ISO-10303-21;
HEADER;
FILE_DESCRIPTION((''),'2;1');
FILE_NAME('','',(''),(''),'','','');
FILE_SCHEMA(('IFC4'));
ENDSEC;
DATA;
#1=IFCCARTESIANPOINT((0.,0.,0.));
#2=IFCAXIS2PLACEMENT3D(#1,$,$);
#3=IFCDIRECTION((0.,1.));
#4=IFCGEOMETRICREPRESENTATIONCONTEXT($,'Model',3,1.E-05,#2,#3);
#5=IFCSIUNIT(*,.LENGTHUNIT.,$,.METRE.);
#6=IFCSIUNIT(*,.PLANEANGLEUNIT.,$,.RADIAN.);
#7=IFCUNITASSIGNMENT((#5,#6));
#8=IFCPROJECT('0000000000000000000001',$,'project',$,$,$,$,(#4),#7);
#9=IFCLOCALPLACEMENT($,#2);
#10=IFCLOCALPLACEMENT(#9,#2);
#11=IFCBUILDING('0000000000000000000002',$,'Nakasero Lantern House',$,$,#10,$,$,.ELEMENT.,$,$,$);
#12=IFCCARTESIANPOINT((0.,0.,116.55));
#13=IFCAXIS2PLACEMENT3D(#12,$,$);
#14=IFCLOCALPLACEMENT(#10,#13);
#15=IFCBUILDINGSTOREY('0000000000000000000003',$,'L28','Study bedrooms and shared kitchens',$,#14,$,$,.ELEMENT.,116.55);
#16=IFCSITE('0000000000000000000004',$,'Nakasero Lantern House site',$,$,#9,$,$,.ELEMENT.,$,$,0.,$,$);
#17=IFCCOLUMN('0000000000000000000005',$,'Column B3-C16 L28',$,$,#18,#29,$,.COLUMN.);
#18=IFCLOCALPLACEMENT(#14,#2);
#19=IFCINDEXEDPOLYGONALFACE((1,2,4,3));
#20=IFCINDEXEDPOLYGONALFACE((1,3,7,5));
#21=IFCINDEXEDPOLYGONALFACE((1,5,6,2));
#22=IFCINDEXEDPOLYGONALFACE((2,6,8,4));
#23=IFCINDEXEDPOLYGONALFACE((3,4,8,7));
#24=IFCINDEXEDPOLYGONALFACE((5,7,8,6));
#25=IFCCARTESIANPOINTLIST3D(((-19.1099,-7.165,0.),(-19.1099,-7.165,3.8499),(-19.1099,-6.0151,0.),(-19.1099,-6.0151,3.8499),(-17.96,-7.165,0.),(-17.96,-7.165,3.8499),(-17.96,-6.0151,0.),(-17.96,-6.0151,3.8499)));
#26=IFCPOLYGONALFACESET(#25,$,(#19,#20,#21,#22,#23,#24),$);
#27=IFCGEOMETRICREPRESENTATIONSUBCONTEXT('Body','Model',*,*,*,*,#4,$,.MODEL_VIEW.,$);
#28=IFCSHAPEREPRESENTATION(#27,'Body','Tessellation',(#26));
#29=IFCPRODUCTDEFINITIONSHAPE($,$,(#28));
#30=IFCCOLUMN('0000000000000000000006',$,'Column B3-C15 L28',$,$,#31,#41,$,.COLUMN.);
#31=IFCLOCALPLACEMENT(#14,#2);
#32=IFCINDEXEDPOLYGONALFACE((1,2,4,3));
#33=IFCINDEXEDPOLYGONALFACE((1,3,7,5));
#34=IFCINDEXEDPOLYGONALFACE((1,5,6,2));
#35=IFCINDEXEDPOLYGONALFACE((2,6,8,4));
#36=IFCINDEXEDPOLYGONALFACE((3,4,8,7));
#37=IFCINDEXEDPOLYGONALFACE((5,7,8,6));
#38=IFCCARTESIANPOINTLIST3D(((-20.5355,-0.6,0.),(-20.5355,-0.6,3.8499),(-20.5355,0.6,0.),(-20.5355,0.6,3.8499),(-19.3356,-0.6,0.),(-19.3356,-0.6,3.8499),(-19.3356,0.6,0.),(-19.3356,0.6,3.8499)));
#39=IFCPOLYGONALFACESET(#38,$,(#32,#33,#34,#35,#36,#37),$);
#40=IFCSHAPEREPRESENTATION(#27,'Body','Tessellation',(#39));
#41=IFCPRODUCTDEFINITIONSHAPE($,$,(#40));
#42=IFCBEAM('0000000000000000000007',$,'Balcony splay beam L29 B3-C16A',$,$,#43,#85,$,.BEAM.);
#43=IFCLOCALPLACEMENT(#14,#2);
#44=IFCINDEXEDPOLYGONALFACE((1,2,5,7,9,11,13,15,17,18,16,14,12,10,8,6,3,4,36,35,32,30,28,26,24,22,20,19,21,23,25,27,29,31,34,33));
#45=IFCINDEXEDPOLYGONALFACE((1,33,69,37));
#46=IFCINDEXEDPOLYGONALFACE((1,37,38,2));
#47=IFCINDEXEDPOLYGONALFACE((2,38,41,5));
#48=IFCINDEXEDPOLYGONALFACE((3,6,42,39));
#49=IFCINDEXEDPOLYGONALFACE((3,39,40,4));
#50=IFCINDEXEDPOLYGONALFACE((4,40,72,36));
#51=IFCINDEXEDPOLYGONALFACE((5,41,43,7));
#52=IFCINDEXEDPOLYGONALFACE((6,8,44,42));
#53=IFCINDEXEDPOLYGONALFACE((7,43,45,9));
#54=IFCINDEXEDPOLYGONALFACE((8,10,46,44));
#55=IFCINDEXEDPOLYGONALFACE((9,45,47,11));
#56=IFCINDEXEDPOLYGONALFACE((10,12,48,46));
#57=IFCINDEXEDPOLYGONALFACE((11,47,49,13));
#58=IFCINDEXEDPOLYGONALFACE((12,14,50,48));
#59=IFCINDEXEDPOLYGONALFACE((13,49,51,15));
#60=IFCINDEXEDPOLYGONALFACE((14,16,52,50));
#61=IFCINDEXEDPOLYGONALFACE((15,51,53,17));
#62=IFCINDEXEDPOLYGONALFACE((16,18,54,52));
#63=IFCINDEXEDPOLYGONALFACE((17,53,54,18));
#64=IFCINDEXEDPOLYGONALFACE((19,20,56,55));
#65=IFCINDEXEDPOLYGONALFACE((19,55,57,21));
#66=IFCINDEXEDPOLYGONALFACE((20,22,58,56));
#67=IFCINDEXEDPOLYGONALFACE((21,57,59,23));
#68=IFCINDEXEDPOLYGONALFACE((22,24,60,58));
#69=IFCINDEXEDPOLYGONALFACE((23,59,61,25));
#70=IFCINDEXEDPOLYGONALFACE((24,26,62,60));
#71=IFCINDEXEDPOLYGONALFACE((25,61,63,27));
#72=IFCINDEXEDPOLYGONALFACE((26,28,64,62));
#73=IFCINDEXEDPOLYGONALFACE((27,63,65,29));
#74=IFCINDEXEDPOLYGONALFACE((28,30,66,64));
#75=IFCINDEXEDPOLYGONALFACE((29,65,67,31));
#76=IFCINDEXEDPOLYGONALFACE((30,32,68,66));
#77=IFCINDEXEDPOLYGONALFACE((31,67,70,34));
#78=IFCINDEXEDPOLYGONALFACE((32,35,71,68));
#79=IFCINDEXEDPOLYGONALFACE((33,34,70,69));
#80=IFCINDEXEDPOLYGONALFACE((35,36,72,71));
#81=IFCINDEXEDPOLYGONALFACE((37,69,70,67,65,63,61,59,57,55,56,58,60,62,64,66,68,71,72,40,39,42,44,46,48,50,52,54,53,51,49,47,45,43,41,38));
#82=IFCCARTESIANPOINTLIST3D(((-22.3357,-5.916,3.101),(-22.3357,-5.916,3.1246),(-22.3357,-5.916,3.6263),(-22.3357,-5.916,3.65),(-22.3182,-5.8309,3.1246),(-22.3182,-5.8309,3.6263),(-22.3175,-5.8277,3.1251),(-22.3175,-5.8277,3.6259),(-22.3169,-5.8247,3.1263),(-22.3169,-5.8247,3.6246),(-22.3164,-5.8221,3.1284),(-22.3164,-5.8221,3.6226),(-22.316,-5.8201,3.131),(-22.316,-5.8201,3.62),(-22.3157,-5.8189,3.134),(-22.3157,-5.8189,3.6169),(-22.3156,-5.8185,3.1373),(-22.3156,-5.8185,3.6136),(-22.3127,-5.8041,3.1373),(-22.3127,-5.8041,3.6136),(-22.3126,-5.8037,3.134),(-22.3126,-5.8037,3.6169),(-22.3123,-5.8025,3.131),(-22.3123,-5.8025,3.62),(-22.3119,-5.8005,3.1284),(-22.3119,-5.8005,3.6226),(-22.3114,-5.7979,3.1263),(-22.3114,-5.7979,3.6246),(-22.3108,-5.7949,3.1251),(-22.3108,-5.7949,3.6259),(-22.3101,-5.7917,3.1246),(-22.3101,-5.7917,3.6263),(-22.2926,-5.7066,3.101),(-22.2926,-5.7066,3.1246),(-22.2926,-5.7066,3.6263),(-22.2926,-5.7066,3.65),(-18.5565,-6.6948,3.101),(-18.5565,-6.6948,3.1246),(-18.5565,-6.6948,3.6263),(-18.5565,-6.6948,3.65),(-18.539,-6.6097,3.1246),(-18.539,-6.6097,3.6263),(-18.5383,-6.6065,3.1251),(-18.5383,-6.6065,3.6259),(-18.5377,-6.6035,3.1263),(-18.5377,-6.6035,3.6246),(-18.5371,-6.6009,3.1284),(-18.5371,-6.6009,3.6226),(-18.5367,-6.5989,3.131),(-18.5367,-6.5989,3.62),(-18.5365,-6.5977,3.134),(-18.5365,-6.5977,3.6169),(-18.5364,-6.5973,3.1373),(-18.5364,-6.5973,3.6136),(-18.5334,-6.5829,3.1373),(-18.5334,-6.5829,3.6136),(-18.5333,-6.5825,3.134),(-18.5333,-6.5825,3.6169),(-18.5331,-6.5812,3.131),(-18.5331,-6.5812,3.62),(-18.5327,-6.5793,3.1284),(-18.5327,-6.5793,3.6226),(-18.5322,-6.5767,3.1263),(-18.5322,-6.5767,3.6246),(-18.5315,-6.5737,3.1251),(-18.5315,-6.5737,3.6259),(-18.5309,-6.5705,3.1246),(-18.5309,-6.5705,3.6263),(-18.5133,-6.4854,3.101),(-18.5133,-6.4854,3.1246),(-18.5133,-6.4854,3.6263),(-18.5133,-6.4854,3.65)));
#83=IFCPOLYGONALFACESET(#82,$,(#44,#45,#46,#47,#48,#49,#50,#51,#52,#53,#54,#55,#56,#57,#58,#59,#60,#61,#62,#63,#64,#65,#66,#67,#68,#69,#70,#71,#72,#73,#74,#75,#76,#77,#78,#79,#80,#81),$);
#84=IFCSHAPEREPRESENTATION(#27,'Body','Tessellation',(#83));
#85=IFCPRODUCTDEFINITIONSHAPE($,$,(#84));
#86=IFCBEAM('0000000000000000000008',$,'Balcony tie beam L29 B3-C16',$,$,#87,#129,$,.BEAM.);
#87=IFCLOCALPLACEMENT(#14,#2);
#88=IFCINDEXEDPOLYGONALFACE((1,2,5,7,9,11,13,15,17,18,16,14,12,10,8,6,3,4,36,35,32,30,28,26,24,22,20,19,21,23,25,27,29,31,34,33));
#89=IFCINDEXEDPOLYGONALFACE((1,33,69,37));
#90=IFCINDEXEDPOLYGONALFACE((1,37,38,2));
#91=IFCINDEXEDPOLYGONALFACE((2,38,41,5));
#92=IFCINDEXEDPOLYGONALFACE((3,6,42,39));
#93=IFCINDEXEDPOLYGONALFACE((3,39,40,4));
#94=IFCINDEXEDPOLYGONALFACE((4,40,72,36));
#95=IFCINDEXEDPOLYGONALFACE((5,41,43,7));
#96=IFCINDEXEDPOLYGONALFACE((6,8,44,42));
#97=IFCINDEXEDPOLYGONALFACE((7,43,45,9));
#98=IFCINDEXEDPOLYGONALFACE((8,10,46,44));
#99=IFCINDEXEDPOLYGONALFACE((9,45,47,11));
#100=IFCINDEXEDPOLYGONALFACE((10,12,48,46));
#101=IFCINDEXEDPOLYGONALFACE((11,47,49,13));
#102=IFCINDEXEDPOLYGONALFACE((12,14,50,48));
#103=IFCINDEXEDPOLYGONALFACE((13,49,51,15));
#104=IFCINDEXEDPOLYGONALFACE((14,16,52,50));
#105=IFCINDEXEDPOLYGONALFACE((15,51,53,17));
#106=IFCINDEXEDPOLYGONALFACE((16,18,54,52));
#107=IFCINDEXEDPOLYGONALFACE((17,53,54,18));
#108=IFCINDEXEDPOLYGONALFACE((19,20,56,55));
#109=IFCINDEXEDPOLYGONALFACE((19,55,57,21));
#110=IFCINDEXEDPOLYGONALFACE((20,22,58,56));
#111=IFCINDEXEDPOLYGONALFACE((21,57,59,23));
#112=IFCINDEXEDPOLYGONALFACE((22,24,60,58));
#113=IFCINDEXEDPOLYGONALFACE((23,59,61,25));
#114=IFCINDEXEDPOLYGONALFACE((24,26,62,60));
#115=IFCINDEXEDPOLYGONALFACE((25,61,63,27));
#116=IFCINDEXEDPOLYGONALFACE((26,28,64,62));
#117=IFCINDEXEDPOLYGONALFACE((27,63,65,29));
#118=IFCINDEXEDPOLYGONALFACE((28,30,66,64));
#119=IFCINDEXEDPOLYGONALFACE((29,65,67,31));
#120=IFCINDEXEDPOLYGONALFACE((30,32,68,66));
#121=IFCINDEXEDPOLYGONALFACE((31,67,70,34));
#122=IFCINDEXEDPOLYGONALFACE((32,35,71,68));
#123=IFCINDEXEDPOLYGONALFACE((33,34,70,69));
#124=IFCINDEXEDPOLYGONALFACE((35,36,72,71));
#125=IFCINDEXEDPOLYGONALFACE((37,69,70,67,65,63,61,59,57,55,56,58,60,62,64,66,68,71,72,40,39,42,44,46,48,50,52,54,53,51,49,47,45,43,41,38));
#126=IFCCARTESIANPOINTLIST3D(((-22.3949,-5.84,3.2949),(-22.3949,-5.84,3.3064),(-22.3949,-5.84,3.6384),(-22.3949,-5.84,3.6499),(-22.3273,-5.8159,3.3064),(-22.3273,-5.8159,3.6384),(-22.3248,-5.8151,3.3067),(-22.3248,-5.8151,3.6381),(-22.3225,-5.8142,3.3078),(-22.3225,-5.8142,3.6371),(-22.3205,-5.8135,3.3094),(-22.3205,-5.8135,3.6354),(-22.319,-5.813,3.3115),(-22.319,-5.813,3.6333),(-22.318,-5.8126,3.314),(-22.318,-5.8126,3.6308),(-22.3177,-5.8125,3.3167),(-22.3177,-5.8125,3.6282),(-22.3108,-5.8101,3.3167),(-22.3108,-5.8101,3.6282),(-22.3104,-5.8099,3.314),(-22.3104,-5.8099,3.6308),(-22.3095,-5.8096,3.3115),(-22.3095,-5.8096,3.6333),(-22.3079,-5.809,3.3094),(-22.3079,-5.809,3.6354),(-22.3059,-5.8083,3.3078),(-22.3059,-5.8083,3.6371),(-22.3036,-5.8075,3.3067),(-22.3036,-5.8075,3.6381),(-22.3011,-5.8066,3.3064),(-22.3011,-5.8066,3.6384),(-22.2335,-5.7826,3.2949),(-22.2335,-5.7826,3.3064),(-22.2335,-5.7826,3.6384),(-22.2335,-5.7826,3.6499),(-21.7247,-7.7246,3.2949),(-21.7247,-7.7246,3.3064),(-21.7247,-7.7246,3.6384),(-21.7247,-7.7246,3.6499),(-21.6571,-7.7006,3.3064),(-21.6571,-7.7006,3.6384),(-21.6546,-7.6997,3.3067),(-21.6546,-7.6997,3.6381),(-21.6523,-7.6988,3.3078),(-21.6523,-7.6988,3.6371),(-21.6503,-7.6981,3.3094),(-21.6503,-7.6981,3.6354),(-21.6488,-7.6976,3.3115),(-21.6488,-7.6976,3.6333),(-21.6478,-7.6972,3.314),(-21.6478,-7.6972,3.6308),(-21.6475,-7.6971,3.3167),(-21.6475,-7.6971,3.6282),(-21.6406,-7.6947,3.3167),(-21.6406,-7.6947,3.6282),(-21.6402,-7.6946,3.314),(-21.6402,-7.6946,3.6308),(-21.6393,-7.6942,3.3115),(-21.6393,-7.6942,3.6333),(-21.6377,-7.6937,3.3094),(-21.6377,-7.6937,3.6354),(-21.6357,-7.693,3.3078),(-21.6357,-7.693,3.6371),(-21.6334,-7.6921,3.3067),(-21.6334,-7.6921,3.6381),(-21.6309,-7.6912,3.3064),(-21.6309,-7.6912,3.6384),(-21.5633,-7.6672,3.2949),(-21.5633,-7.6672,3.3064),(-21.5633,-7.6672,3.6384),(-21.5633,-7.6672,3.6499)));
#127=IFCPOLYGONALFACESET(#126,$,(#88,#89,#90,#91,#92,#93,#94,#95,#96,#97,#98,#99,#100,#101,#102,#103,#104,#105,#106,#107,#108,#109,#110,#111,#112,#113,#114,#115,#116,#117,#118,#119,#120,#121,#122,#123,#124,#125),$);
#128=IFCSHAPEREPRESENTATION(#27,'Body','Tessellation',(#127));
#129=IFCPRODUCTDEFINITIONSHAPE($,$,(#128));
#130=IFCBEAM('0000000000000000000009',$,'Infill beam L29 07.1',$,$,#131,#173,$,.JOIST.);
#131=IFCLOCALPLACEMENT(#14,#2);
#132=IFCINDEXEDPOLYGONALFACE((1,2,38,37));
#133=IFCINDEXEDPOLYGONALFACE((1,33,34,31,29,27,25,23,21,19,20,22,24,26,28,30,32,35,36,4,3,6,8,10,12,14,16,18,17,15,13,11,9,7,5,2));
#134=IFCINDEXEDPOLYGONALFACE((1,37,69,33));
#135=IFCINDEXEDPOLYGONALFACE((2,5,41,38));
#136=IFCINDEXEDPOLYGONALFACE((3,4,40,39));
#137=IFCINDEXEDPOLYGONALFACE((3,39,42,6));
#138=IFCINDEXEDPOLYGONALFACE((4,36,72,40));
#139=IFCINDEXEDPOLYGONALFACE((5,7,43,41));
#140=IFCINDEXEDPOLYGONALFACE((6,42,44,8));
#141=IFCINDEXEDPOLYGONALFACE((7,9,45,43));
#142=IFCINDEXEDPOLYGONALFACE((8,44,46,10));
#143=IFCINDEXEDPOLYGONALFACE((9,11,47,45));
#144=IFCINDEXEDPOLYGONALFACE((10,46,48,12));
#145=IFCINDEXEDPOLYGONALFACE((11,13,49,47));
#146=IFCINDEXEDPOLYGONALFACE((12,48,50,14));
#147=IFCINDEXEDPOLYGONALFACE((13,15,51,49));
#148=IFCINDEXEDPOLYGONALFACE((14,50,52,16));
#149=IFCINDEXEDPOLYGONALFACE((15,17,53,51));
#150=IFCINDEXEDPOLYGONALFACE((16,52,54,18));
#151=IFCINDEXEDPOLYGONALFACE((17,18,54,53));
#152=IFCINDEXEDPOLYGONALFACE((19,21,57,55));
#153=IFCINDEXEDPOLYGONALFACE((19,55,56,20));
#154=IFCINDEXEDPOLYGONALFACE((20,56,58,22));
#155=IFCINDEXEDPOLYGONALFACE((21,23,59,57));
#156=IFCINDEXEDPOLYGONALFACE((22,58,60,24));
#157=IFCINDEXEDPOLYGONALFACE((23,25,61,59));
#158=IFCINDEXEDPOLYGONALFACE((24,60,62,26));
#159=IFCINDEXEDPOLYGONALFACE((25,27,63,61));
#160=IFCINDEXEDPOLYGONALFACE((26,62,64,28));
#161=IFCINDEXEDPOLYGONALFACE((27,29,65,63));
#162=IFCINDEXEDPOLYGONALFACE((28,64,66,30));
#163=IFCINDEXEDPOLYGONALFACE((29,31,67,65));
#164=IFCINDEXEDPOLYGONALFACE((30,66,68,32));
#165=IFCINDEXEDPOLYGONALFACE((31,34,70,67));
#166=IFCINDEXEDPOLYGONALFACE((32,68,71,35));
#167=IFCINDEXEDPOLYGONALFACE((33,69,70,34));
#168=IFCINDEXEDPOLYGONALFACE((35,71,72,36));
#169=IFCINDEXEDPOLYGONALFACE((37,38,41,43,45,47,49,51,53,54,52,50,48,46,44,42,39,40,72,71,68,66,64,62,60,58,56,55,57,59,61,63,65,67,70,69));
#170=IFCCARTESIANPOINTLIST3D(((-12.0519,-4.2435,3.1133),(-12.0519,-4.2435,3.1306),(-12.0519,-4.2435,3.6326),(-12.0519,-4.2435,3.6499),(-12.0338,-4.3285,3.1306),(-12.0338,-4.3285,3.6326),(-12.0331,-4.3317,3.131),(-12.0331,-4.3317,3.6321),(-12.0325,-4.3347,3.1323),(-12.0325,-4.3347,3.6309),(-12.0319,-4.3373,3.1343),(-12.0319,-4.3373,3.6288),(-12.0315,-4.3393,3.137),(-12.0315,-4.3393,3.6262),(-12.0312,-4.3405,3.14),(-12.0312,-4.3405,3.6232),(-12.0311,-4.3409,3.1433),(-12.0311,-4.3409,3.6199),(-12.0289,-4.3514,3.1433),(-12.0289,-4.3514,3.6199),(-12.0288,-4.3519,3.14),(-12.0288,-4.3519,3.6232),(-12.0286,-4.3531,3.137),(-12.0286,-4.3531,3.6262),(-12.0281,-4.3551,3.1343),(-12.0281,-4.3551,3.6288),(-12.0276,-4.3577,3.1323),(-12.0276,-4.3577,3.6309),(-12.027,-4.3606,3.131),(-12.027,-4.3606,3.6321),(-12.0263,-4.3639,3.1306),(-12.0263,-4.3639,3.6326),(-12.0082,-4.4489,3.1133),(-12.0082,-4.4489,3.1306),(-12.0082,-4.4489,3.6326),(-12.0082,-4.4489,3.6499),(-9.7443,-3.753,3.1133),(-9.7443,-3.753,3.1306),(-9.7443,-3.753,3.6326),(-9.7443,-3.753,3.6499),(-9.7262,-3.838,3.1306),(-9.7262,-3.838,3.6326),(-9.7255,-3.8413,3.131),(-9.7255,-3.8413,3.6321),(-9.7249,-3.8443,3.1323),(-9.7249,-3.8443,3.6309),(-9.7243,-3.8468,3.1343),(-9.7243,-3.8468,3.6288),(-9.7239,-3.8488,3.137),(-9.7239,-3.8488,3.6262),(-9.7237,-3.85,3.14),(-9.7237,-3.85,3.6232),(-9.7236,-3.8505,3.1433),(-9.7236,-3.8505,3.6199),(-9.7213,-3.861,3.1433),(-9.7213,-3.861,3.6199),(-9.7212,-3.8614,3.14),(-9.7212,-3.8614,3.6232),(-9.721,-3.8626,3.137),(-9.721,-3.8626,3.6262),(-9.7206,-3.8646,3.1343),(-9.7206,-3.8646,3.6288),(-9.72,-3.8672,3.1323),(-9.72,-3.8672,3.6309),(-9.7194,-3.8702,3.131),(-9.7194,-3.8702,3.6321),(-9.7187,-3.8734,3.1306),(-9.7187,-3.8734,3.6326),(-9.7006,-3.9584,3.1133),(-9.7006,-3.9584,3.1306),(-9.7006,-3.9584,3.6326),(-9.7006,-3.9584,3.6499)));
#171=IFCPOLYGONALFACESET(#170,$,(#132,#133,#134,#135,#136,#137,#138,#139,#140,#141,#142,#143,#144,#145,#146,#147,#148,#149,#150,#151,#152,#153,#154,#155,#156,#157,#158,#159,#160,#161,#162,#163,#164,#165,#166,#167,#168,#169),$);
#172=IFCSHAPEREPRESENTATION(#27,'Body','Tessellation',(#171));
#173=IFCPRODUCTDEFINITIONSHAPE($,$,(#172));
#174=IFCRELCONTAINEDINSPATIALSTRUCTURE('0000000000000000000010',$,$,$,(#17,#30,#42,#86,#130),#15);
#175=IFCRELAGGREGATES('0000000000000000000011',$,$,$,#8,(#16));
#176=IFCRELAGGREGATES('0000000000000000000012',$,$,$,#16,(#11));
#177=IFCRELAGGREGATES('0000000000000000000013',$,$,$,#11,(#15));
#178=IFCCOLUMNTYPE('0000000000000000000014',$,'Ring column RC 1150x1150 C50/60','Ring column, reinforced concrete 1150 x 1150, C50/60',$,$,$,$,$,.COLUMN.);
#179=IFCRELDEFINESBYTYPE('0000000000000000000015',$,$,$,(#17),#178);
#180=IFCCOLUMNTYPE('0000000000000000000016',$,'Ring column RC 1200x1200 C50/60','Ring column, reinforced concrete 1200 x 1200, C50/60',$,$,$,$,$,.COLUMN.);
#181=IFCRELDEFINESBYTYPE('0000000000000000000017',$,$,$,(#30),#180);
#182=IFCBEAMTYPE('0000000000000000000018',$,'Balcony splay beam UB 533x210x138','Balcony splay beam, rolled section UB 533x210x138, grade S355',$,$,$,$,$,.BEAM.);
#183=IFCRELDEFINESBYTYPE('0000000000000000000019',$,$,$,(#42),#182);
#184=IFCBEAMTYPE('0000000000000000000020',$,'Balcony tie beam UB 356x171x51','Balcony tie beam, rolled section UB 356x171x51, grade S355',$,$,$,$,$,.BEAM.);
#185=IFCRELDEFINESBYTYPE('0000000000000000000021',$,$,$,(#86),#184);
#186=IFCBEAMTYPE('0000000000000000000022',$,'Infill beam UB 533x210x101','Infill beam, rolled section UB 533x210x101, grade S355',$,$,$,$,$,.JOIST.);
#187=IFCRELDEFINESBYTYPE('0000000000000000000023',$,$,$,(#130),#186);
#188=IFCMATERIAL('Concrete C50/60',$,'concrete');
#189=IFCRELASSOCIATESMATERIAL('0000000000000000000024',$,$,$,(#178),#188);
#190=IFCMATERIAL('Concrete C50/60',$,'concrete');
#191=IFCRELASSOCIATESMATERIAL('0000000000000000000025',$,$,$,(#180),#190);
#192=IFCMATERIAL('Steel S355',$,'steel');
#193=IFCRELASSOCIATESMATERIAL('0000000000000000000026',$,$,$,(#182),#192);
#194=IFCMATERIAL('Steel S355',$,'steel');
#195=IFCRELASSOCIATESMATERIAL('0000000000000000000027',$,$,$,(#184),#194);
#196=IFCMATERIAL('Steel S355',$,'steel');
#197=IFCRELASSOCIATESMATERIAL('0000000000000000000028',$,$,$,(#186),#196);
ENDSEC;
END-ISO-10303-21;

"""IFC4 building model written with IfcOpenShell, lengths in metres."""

from ifc_helpers import new_model, si_unit, direction, frame, origin, origin_2d, place, context, subcontext, project, spatial, rectangle, i_section, extrude, material, material_profile, profile_set, type_object, element, save


model = new_model("IFC4")

# Units and contexts
model_context = context("Model", 3, precision=1e-05, world=origin(), true_north=direction((0.0, 1.0)))
body_context = subcontext(model_context, "Body", "Model", "MODEL_VIEW")
ifc_project = project(units=[si_unit("LENGTHUNIT", "METRE"), si_unit("PLANEANGLEUNIT", "RADIAN")], contexts=[model_context])

# Site, building, storey
site_placement = place(None, origin())
site = spatial("IfcSite", under=ifc_project, at=site_placement, Name="Nakasero Lantern House site", CompositionType="ELEMENT", RefElevation=0.0)
building_placement = place(site_placement, origin())
building = spatial("IfcBuilding", under=site, at=building_placement, Name="Nakasero Lantern House", CompositionType="ELEMENT")
storey_placement = place(building_placement, frame((0.0, 0.0, 116.55)))
storey = spatial("IfcBuildingStorey", under=building, at=storey_placement, Name="L28", Description="Study bedrooms and shared kitchens", CompositionType="ELEMENT", Elevation=116.55)

# Columns
ifc_material_1 = material(Name="Concrete C50/60", Category="concrete")
ifc_material_profile_1 = material_profile(ifc_material_1, rectangle(XDim=1.1499, YDim=1.1499, at=origin_2d()), Name="RC 1150x1150")
ifc_profile_set_1 = profile_set([ifc_material_profile_1], Name="Concrete C50/60")
column_type_1 = type_object("IfcColumnType", Name="Ring column RC 1150x1150 C50/60", Description="Ring column, reinforced concrete 1150 x 1150, C50/60", PredefinedType="COLUMN", material=ifc_profile_set_1)
column_1_placement = place(storey_placement, frame((-18.5349, -6.5901, 0.0), z_axis=(0.0, 0.0, 1.0), x_axis=(1.0, 0.0, 0.0)))
element("IfcColumn", 1, at=column_1_placement, inside=storey, type_object=column_type_1, Name="Column B3-C16 L28", PredefinedType="COLUMN", context=body_context, shape_type="SweptSolid", body=[
    extrude(rectangle(XDim=1.1499, YDim=1.1499, at=origin_2d()), origin(), (0.0, 0.0, 1.0), 3.8499),
])
ifc_material_2 = material(Name="Concrete C50/60", Category="concrete")
ifc_material_profile_2 = material_profile(ifc_material_2, rectangle(XDim=1.2, YDim=1.2, at=origin_2d()), Name="RC 1200x1200")
ifc_profile_set_2 = profile_set([ifc_material_profile_2], Name="Concrete C50/60")
column_type_2 = type_object("IfcColumnType", Name="Ring column RC 1200x1200 C50/60", Description="Ring column, reinforced concrete 1200 x 1200, C50/60", PredefinedType="COLUMN", material=ifc_profile_set_2)
column_2_placement = place(storey_placement, frame((-19.9355, 0.0, 0.0), z_axis=(0.0, 0.0, 1.0), x_axis=(1.0, 0.0, 0.0)))
element("IfcColumn", 2, at=column_2_placement, inside=storey, type_object=column_type_2, Name="Column B3-C15 L28", PredefinedType="COLUMN", context=body_context, shape_type="SweptSolid", body=[
    extrude(rectangle(XDim=1.2, YDim=1.2, at=origin_2d()), origin(), (0.0, 0.0, 1.0), 3.8499),
])

# Beams
ifc_material_3 = material(Name="Steel S355", Category="steel")
ifc_material_profile_3 = material_profile(ifc_material_3, i_section(OverallWidth=0.2139, OverallDepth=0.5491, WebThickness=0.0146, FlangeThickness=0.0237, FilletRadius=0.0127, at=origin_2d()), Name="UB 533x210x138")
ifc_profile_set_3 = profile_set([ifc_material_profile_3], Name="Steel S355")
beam_type_1 = type_object("IfcBeamType", Name="Balcony splay beam UB 533x210x138", Description="Balcony splay beam, rolled section UB 533x210x138, grade S355", PredefinedType="BEAM", material=ifc_profile_set_3)
beam_1_placement = place(storey_placement, frame((-18.5349, -6.5901, 3.3755), z_axis=(-0.97942, 0.201831, 0.0), x_axis=(-0.201831, -0.97942, 0.0)))
element("IfcBeam", 3, at=beam_1_placement, inside=storey, type_object=beam_type_1, Name="Balcony splay beam L29 B3-C16A", PredefinedType="BEAM", context=body_context, shape_type="SweptSolid", body=[
    extrude(i_section(OverallWidth=0.2139, OverallDepth=0.5491, WebThickness=0.0146, FlangeThickness=0.0237, FilletRadius=0.0127, at=origin_2d()), origin(), (0.0, 0.0, 1.0), 3.8586),
])
ifc_material_4 = material(Name="Steel S355", Category="steel")
ifc_material_profile_4 = material_profile(ifc_material_4, i_section(OverallWidth=0.1714, OverallDepth=0.355, WebThickness=0.0073, FlangeThickness=0.0115, FilletRadius=0.0103, at=origin_2d()), Name="UB 356x171x51")
ifc_profile_set_4 = profile_set([ifc_material_profile_4], Name="Steel S355")
beam_type_2 = type_object("IfcBeamType", Name="Balcony tie beam UB 356x171x51", Description="Balcony tie beam, rolled section UB 356x171x51, grade S355", PredefinedType="BEAM", material=ifc_profile_set_4)
beam_2_placement = place(storey_placement, frame((-22.3142, -5.8113, 3.4724), z_axis=(0.33506, -0.942197, 0.0), x_axis=(0.942197, 0.33506, 0.0)))
element("IfcBeam", 4, at=beam_2_placement, inside=storey, type_object=beam_type_2, Name="Balcony tie beam L29 B3-C16", PredefinedType="BEAM", context=body_context, shape_type="SweptSolid", body=[
    extrude(i_section(OverallWidth=0.1714, OverallDepth=0.355, WebThickness=0.0073, FlangeThickness=0.0115, FilletRadius=0.0103, at=origin_2d()), origin(), (0.0, 0.0, 1.0), 2.0002),
])
ifc_material_5 = material(Name="Steel S355", Category="steel")
ifc_material_profile_5 = material_profile(ifc_material_5, i_section(OverallWidth=0.21, OverallDepth=0.5366, WebThickness=0.0107, FlangeThickness=0.0173, FilletRadius=0.0127, at=origin_2d()), Name="UB 533x210x101")
ifc_profile_set_5 = profile_set([ifc_material_profile_5], Name="Steel S355")
beam_type_3 = type_object("IfcBeamType", Name="Infill beam UB 533x210x101", Description="Infill beam, rolled section UB 533x210x101, grade S355", PredefinedType="JOIST", material=ifc_profile_set_5)
beam_3_placement = place(storey_placement, frame((-12.03, -4.3462, 3.3816), z_axis=(0.978149, 0.207903, 0.0), x_axis=(-0.207903, 0.978149, 0.0)))
element("IfcBeam", 5, at=beam_3_placement, inside=storey, type_object=beam_type_3, Name="Infill beam L29 07.1", PredefinedType="JOIST", context=body_context, shape_type="SweptSolid", body=[
    extrude(i_section(OverallWidth=0.21, OverallDepth=0.5366, WebThickness=0.0107, FlangeThickness=0.0173, FilletRadius=0.0127, at=origin_2d()), origin(), (0.0, 0.0, 1.0), 2.3591),
])

save(model, "model.ifc")
